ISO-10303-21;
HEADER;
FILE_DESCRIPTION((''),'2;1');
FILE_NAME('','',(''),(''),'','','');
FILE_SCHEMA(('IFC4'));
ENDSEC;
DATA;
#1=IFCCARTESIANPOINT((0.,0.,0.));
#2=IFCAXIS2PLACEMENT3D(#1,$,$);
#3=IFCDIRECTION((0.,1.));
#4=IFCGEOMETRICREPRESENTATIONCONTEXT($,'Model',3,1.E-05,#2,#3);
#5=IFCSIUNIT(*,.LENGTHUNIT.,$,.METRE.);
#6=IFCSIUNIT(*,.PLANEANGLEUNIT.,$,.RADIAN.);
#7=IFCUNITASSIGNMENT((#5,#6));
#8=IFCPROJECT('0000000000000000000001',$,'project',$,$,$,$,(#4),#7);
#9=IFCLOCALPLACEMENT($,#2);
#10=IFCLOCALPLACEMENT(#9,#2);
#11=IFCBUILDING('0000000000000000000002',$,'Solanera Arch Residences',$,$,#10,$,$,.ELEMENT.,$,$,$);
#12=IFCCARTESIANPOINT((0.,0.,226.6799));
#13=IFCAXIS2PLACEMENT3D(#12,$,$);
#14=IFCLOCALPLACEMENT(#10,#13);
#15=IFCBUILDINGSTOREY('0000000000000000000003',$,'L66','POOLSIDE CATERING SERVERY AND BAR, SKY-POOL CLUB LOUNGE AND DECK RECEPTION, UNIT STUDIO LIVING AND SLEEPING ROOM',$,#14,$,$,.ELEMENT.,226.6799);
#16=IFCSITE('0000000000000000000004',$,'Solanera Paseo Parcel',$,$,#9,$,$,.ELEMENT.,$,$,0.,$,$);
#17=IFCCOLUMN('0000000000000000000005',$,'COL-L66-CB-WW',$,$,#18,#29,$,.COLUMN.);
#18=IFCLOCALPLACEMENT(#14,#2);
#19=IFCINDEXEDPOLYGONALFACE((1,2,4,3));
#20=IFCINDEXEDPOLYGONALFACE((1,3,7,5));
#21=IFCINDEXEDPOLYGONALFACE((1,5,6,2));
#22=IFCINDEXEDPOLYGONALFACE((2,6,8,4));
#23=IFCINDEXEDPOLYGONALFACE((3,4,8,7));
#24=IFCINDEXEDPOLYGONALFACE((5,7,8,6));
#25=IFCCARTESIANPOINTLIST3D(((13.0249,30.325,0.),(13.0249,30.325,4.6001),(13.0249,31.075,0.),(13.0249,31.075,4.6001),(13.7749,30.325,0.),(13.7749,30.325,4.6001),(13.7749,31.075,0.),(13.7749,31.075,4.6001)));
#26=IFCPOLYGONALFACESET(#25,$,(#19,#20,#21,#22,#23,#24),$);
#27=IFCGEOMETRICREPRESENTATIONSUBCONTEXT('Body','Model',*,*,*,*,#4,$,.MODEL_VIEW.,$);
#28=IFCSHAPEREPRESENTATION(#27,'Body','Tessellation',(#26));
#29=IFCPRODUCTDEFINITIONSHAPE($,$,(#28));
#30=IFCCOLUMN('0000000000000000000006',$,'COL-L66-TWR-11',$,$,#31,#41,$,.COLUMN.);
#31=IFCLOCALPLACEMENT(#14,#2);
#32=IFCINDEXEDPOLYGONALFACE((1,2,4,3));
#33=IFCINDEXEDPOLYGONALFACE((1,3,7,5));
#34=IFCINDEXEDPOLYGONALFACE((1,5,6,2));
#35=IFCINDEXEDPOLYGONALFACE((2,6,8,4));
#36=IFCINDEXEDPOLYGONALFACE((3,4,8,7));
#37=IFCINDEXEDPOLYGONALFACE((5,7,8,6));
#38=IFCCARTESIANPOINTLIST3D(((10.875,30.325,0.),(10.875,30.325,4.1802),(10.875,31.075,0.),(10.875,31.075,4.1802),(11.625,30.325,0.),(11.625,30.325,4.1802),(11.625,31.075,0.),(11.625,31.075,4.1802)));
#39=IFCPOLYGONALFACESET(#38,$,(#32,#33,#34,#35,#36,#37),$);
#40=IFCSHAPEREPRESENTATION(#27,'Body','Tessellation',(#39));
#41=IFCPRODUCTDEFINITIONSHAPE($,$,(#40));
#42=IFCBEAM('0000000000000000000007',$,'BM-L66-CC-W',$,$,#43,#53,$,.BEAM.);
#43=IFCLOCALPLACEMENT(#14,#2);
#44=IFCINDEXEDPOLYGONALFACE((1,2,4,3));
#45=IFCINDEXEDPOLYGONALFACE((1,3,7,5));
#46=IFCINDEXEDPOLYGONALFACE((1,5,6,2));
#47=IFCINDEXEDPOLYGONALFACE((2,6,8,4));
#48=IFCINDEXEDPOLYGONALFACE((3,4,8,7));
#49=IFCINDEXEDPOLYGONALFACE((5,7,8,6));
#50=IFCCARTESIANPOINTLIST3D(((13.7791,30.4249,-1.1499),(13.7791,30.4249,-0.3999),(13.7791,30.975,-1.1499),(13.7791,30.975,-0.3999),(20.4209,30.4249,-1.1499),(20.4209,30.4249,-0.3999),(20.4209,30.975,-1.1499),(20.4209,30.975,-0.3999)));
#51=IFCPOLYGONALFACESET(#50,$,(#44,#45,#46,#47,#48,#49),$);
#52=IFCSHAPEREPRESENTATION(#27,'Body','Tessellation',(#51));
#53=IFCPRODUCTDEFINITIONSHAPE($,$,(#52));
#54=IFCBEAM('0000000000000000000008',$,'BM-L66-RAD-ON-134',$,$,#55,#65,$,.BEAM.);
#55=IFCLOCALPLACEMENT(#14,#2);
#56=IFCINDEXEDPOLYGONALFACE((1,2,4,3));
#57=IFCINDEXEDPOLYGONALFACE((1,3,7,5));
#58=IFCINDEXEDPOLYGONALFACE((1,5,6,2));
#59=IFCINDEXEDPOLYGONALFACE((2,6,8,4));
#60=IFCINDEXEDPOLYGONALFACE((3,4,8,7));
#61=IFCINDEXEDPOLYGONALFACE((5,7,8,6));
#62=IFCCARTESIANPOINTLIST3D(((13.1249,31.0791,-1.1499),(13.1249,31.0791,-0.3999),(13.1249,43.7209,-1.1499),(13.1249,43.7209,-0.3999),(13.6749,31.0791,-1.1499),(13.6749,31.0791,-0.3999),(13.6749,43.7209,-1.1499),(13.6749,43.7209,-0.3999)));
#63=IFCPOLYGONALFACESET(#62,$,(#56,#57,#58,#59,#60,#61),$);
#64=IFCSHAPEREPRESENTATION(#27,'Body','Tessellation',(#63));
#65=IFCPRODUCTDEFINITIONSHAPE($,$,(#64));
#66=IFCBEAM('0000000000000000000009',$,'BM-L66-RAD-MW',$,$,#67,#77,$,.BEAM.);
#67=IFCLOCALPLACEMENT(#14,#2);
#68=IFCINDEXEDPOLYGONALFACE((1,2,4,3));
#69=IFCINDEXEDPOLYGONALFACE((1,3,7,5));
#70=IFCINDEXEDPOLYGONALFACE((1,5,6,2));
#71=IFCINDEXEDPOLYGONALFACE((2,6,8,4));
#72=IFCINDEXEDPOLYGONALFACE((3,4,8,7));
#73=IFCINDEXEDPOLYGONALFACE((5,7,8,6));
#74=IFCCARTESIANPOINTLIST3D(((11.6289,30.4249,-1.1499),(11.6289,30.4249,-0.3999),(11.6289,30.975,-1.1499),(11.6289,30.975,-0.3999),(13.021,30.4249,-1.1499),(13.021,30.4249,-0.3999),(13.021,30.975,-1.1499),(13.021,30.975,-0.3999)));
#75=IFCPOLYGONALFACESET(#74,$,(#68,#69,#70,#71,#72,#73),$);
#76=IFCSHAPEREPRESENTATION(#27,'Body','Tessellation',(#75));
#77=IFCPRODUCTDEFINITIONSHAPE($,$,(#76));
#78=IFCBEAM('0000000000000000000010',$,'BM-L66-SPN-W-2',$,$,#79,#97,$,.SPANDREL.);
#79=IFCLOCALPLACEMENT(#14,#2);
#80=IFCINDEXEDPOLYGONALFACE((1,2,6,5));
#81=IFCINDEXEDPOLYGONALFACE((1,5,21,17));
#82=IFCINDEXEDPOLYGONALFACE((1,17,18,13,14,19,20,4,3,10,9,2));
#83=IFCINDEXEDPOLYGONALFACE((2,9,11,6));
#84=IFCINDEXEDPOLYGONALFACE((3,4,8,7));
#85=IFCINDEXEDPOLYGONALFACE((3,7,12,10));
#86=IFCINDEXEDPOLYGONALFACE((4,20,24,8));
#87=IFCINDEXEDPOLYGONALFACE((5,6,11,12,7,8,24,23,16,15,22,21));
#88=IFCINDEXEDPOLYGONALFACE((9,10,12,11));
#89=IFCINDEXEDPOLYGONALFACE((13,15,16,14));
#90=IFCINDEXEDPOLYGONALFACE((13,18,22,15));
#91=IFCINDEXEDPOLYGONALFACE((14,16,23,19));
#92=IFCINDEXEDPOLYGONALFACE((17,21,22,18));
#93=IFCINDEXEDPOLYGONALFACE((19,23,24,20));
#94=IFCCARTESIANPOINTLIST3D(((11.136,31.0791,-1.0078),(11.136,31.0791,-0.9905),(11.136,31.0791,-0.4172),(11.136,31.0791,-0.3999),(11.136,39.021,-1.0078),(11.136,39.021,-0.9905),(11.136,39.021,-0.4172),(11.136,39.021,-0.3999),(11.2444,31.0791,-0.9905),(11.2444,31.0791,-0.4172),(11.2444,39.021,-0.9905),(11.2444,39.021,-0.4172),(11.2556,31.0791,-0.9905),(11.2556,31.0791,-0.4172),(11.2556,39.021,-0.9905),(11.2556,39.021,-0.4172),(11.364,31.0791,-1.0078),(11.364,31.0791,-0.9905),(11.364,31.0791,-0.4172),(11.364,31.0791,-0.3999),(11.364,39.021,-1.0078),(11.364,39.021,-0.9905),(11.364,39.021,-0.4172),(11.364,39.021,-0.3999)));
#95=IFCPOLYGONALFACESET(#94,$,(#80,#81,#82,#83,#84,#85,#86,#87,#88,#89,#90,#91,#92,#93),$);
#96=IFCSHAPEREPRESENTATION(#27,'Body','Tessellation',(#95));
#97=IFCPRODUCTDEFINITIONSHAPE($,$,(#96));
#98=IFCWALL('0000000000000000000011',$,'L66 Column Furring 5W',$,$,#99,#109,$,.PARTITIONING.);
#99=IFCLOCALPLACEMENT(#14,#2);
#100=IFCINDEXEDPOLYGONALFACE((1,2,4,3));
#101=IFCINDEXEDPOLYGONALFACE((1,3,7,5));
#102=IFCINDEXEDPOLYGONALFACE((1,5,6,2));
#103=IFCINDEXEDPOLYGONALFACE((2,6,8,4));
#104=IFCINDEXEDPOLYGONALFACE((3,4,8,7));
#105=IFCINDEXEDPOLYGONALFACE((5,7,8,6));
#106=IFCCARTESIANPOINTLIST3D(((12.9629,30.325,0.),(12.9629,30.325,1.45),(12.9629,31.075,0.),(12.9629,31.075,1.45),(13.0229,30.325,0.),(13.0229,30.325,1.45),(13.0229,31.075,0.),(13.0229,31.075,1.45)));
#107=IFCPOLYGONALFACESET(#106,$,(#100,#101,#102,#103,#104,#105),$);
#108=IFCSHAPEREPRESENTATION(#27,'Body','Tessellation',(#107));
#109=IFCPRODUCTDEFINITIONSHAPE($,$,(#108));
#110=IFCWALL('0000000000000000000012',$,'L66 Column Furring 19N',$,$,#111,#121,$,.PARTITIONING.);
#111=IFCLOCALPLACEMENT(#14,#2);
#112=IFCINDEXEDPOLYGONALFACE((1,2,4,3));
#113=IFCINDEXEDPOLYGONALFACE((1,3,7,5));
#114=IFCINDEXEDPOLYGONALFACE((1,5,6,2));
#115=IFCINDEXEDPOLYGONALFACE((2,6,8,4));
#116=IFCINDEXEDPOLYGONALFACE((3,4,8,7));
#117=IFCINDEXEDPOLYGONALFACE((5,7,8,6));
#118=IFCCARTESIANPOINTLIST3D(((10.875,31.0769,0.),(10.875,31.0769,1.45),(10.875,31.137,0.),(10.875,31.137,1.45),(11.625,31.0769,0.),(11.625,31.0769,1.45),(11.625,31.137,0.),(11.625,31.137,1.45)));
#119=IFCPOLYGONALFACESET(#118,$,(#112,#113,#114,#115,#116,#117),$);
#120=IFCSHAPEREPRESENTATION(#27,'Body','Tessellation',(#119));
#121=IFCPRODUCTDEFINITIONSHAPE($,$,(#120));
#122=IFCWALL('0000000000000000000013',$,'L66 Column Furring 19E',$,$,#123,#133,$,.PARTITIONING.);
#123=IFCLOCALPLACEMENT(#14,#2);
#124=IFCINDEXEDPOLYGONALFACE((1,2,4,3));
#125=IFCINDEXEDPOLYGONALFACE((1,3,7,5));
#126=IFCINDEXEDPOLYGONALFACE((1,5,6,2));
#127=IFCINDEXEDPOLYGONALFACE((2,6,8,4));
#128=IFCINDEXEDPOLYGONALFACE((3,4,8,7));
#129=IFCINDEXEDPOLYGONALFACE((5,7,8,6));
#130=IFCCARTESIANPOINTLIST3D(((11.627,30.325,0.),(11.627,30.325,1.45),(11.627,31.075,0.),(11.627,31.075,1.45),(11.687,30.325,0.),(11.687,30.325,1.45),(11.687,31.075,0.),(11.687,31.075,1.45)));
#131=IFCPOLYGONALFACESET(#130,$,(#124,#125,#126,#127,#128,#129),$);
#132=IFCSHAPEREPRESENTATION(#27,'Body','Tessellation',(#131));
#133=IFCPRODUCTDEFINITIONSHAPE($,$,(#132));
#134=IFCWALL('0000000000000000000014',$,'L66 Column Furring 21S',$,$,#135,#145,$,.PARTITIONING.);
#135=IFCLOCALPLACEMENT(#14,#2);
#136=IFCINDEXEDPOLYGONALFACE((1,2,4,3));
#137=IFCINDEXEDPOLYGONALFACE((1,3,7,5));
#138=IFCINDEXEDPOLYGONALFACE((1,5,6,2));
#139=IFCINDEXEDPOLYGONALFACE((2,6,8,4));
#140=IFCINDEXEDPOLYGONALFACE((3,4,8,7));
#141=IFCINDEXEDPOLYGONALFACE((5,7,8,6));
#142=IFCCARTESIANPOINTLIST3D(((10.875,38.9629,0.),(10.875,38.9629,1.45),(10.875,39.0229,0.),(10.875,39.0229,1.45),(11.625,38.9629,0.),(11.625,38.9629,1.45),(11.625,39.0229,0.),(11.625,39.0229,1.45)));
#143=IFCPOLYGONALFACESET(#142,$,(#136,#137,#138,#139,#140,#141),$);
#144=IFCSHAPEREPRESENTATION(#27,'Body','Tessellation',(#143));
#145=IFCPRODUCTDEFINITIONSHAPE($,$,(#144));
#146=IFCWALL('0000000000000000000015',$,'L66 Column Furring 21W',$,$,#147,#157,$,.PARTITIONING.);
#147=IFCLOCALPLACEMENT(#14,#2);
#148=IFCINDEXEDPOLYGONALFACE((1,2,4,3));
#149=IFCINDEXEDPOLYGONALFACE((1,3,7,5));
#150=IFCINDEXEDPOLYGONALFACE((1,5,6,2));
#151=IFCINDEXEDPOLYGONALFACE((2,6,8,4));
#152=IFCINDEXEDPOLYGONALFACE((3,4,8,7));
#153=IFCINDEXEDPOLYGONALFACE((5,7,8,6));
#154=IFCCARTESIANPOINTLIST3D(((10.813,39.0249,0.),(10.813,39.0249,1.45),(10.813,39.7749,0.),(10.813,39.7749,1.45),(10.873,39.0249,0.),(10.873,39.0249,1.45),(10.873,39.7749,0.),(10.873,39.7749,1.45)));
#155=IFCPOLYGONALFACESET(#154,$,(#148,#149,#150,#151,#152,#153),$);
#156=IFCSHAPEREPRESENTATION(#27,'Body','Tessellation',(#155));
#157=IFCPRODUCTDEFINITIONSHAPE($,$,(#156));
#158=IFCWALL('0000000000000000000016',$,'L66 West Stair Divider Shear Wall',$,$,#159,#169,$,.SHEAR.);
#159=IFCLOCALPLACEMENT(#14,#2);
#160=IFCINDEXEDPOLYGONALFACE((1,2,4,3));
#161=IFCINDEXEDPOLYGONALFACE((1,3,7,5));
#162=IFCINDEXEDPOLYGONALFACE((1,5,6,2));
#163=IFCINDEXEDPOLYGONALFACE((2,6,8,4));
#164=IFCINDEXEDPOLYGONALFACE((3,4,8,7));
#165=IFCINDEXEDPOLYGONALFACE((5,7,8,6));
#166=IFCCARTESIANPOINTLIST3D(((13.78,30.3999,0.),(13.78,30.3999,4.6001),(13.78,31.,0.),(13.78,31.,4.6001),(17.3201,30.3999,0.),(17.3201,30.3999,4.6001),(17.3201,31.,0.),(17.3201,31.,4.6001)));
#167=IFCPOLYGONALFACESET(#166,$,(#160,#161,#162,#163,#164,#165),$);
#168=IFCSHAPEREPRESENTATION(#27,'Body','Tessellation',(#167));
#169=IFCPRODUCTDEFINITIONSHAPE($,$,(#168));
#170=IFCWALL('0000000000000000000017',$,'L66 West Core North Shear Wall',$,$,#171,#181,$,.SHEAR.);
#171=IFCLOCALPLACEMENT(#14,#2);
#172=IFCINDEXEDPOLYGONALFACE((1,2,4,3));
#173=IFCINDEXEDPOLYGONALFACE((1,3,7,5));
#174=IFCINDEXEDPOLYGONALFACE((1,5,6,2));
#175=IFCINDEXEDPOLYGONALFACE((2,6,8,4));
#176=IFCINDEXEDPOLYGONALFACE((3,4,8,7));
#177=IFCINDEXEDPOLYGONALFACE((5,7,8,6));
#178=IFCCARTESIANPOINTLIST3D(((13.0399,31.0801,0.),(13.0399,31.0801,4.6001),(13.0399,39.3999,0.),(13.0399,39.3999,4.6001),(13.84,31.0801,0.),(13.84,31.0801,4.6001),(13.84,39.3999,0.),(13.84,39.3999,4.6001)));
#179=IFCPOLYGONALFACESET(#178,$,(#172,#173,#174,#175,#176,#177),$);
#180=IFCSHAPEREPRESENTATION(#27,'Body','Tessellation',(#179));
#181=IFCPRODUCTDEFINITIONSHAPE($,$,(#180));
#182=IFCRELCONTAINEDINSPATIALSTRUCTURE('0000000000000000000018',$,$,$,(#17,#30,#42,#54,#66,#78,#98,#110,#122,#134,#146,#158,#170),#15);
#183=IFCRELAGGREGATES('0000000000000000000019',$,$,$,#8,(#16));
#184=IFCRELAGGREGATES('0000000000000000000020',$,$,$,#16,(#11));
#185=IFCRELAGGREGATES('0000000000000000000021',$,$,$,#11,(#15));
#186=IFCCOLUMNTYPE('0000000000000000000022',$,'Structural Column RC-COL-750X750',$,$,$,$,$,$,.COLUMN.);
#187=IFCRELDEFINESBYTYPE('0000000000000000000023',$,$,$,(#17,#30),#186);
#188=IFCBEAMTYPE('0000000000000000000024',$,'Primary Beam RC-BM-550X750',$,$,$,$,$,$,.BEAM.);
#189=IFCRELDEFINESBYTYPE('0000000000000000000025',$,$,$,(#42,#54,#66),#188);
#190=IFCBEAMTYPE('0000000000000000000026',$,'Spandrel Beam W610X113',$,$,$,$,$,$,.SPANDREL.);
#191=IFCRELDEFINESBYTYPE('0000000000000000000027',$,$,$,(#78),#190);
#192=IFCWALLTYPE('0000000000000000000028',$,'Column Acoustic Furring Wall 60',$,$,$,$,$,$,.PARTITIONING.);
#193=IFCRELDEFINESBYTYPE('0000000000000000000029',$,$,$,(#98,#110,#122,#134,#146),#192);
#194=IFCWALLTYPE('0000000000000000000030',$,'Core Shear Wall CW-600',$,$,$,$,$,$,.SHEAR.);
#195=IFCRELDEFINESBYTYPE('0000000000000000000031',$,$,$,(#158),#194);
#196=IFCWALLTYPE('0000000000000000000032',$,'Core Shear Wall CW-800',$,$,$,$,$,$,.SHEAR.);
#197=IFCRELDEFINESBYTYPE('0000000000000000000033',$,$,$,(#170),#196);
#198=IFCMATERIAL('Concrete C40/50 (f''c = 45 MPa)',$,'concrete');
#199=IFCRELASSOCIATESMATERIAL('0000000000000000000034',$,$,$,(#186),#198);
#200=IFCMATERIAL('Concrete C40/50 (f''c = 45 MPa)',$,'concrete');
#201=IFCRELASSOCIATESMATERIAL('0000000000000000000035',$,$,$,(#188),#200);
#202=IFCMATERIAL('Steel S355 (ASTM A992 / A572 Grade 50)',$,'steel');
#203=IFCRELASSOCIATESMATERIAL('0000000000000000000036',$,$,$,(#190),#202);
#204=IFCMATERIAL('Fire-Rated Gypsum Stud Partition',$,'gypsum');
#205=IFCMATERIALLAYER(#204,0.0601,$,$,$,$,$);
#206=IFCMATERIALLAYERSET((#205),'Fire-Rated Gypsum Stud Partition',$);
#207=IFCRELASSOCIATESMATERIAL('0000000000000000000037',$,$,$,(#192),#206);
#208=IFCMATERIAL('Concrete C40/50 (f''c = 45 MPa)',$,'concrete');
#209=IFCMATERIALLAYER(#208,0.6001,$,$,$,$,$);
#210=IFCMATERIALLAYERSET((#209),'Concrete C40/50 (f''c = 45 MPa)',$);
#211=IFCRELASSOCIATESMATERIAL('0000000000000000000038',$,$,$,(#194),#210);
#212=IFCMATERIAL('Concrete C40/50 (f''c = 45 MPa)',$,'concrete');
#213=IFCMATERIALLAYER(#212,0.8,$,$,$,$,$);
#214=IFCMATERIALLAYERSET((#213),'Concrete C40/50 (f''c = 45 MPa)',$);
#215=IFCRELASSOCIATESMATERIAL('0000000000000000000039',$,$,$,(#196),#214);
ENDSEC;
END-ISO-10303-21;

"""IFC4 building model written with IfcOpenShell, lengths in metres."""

from ifc_helpers import new_model, si_unit, direction, frame, frame_2d, origin, origin_2d, place, context, subcontext, project, spatial, rectangle, i_section, extrude, material, layer, layer_set, material_profile, profile_set, type_object, element, save


model = new_model("IFC4")

# Units and contexts
model_context = context("Model", 3, precision=1e-05, world=origin(), true_north=direction((0.0, 1.0)))
body_context = subcontext(model_context, "Body", "Model", "MODEL_VIEW")
ifc_project = project(units=[si_unit("LENGTHUNIT", "METRE"), si_unit("PLANEANGLEUNIT", "RADIAN")], contexts=[model_context])

# Site, building, storey
site_placement = place(None, origin())
site = spatial("IfcSite", under=ifc_project, at=site_placement, Name="Solanera Paseo Parcel", CompositionType="ELEMENT", RefElevation=0.0)
building_placement = place(site_placement, origin())
building = spatial("IfcBuilding", under=site, at=building_placement, Name="Solanera Arch Residences", CompositionType="ELEMENT")
storey_placement = place(building_placement, frame((0.0, 0.0, 226.6799)))
storey = spatial("IfcBuildingStorey", under=building, at=storey_placement, Name="L66", Description="POOLSIDE CATERING SERVERY AND BAR, SKY-POOL CLUB LOUNGE AND DECK RECEPTION, UNIT STUDIO LIVING AND SLEEPING ROOM", CompositionType="ELEMENT", Elevation=226.6799)

# Columns
ifc_material_1 = material(Name="Concrete C40/50 (f'c = 45 MPa)", Category="concrete")
ifc_material_profile_1 = material_profile(ifc_material_1, rectangle(XDim=0.75, YDim=0.75, at=origin_2d()))
ifc_profile_set_1 = profile_set([ifc_material_profile_1], Name="Concrete C40/50 (f'c = 45 MPa)")
column_type = type_object("IfcColumnType", Name="Structural Column RC-COL-750X750", PredefinedType="COLUMN", material=ifc_profile_set_1)
column_1_placement = place(storey_placement, frame((13.3999, 30.7, 0.0), z_axis=(0.0, 0.0, 1.0), x_axis=(1.0, 0.0, 0.0)))
element("IfcColumn", 1, at=column_1_placement, inside=storey, type_object=column_type, Name="COL-L66-CB-WW", PredefinedType="COLUMN", context=body_context, shape_type="SweptSolid", body=[
    extrude(rectangle(XDim=0.75, YDim=0.75, at=origin_2d()), origin(), (0.0, 0.0, 1.0), 4.6001),
])
column_2_placement = place(storey_placement, frame((11.25, 30.7, 0.0), z_axis=(0.0, 0.0, 1.0), x_axis=(1.0, 0.0, 0.0)))
element("IfcColumn", 2, at=column_2_placement, inside=storey, type_object=column_type, Name="COL-L66-TWR-11", PredefinedType="COLUMN", context=body_context, shape_type="SweptSolid", body=[
    extrude(rectangle(XDim=0.75, YDim=0.75, at=origin_2d()), origin(), (0.0, 0.0, 1.0), 4.1802),
])

# Beams
ifc_material_2 = material(Name="Concrete C40/50 (f'c = 45 MPa)", Category="concrete")
ifc_material_profile_2 = material_profile(ifc_material_2, rectangle(XDim=0.55, YDim=0.75, at=origin_2d()))
ifc_profile_set_2 = profile_set([ifc_material_profile_2], Name="Concrete C40/50 (f'c = 45 MPa)")
beam_type_1 = type_object("IfcBeamType", Name="Primary Beam RC-BM-550X750", PredefinedType="BEAM", material=ifc_profile_set_2)
beam_1_placement = place(storey_placement, frame((13.7791, 30.7, -0.7749), z_axis=(1.0, 0.0, 0.0), x_axis=(0.0, 1.0, 0.0)))
element("IfcBeam", 3, at=beam_1_placement, inside=storey, type_object=beam_type_1, Name="BM-L66-CC-W", PredefinedType="BEAM", context=body_context, shape_type="SweptSolid", body=[
    extrude(rectangle(XDim=0.55, YDim=0.75, at=origin_2d()), origin(), (0.0, 0.0, 1.0), 6.6418),
])
beam_2_placement = place(storey_placement, frame((13.3999, 31.0791, -0.7749), z_axis=(0.0, 1.0, 0.0), x_axis=(-1.0, 0.0, 0.0)))
element("IfcBeam", 4, at=beam_2_placement, inside=storey, type_object=beam_type_1, Name="BM-L66-RAD-ON-134", PredefinedType="BEAM", context=body_context, shape_type="SweptSolid", body=[
    extrude(rectangle(XDim=0.55, YDim=0.75, at=origin_2d()), origin(), (0.0, 0.0, 1.0), 12.6418),
])
beam_3_placement = place(storey_placement, frame((11.6289, 30.7, -0.7749), z_axis=(1.0, 0.0, 0.0), x_axis=(0.0, 1.0, 0.0)))
element("IfcBeam", 5, at=beam_3_placement, inside=storey, type_object=beam_type_1, Name="BM-L66-RAD-MW", PredefinedType="BEAM", context=body_context, shape_type="SweptSolid", body=[
    extrude(rectangle(XDim=0.55, YDim=0.75, at=origin_2d()), origin(), (0.0, 0.0, 1.0), 1.3921),
])
ifc_material_3 = material(Name="Steel S355 (ASTM A992 / A572 Grade 50)", Category="steel")
ifc_material_profile_3 = material_profile(ifc_material_3, i_section(OverallWidth=0.228, OverallDepth=0.6079, WebThickness=0.0112, FlangeThickness=0.0173, at=origin_2d()))
ifc_profile_set_3 = profile_set([ifc_material_profile_3], Name="Steel S355 (ASTM A992 / A572 Grade 50)")
beam_type_2 = type_object("IfcBeamType", Name="Spandrel Beam W610X113", PredefinedType="SPANDREL", material=ifc_profile_set_3)
beam_4_placement = place(storey_placement, frame((11.25, 31.0791, -0.7039), z_axis=(0.0, 1.0, 0.0), x_axis=(-1.0, 0.0, 0.0)))
element("IfcBeam", 6, at=beam_4_placement, inside=storey, type_object=beam_type_2, Name="BM-L66-SPN-W-2", PredefinedType="SPANDREL", context=body_context, shape_type="SweptSolid", body=[
    extrude(i_section(OverallWidth=0.228, OverallDepth=0.6079, WebThickness=0.0112, FlangeThickness=0.0173, at=origin_2d()), origin(), (0.0, 0.0, 1.0), 7.9419),
])

# Walls
ifc_material_4 = material(Name="Fire-Rated Gypsum Stud Partition", Category="gypsum")
ifc_layer_1 = layer(ifc_material_4, 0.0601)
ifc_layer_set_1 = layer_set([ifc_layer_1], Name="Fire-Rated Gypsum Stud Partition")
wall_type_1 = type_object("IfcWallType", Name="Column Acoustic Furring Wall 60", PredefinedType="PARTITIONING", material=ifc_layer_set_1)
for number, where, z_axis, x_axis, name in (
    (7, (12.9929, 30.325, 0.0), (0.0, 0.0, 1.0), (0.0, 1.0, 0.0), "L66 Column Furring 5W"),
    (8, (10.875, 31.1069, 0.0), (0.0, 0.0, 1.0), (1.0, 0.0, 0.0), "L66 Column Furring 19N"),
    (9, (11.657, 30.325, 0.0), (0.0, 0.0, 1.0), (0.0, 1.0, 0.0), "L66 Column Furring 19E"),
    (10, (10.875, 38.9929, 0.0), (0.0, 0.0, 1.0), (1.0, 0.0, 0.0), "L66 Column Furring 21S"),
    (11, (10.843, 39.0249, 0.0), (0.0, 0.0, 1.0), (0.0, 1.0, 0.0), "L66 Column Furring 21W"),
):
    element("IfcWall", number, at=place(storey_placement, frame(where, z_axis=z_axis, x_axis=x_axis)), inside=storey, type_object=wall_type_1, Name=name, PredefinedType="PARTITIONING", context=body_context, shape_type="SweptSolid", body=[
        extrude(rectangle(XDim=0.75, YDim=0.0601, at=frame_2d((0.375, 0.0))), origin(), (0.0, 0.0, 1.0), 1.45),
    ])
ifc_material_5 = material(Name="Concrete C40/50 (f'c = 45 MPa)", Category="concrete")
ifc_layer_2 = layer(ifc_material_5, 0.6001)
ifc_layer_set_2 = layer_set([ifc_layer_2], Name="Concrete C40/50 (f'c = 45 MPa)")
wall_type_2 = type_object("IfcWallType", Name="Core Shear Wall CW-600", PredefinedType="SHEAR", material=ifc_layer_set_2)
wall_1_placement = place(storey_placement, frame((13.78, 30.7, 0.0), z_axis=(0.0, 0.0, 1.0), x_axis=(1.0, 0.0, 0.0)))
element("IfcWall", 12, at=wall_1_placement, inside=storey, type_object=wall_type_2, Name="L66 West Stair Divider Shear Wall", PredefinedType="SHEAR", context=body_context, shape_type="SweptSolid", body=[
    extrude(rectangle(XDim=3.54, YDim=0.6001, at=frame_2d((1.77, 0.0))), origin(), (0.0, 0.0, 1.0), 4.6001),
])
ifc_material_6 = material(Name="Concrete C40/50 (f'c = 45 MPa)", Category="concrete")
ifc_layer_3 = layer(ifc_material_6, 0.8)
ifc_layer_set_3 = layer_set([ifc_layer_3], Name="Concrete C40/50 (f'c = 45 MPa)")
wall_type_3 = type_object("IfcWallType", Name="Core Shear Wall CW-800", PredefinedType="SHEAR", material=ifc_layer_set_3)
wall_2_placement = place(storey_placement, frame((13.4399, 31.0801, 0.0), z_axis=(0.0, 0.0, 1.0), x_axis=(0.0, 1.0, 0.0)))
element("IfcWall", 13, at=wall_2_placement, inside=storey, type_object=wall_type_3, Name="L66 West Core North Shear Wall", PredefinedType="SHEAR", context=body_context, shape_type="SweptSolid", body=[
    extrude(rectangle(XDim=8.3198, YDim=0.8, at=frame_2d((4.1599, 0.0))), origin(), (0.0, 0.0, 1.0), 4.6001),
])

save(model, "model.ifc")
